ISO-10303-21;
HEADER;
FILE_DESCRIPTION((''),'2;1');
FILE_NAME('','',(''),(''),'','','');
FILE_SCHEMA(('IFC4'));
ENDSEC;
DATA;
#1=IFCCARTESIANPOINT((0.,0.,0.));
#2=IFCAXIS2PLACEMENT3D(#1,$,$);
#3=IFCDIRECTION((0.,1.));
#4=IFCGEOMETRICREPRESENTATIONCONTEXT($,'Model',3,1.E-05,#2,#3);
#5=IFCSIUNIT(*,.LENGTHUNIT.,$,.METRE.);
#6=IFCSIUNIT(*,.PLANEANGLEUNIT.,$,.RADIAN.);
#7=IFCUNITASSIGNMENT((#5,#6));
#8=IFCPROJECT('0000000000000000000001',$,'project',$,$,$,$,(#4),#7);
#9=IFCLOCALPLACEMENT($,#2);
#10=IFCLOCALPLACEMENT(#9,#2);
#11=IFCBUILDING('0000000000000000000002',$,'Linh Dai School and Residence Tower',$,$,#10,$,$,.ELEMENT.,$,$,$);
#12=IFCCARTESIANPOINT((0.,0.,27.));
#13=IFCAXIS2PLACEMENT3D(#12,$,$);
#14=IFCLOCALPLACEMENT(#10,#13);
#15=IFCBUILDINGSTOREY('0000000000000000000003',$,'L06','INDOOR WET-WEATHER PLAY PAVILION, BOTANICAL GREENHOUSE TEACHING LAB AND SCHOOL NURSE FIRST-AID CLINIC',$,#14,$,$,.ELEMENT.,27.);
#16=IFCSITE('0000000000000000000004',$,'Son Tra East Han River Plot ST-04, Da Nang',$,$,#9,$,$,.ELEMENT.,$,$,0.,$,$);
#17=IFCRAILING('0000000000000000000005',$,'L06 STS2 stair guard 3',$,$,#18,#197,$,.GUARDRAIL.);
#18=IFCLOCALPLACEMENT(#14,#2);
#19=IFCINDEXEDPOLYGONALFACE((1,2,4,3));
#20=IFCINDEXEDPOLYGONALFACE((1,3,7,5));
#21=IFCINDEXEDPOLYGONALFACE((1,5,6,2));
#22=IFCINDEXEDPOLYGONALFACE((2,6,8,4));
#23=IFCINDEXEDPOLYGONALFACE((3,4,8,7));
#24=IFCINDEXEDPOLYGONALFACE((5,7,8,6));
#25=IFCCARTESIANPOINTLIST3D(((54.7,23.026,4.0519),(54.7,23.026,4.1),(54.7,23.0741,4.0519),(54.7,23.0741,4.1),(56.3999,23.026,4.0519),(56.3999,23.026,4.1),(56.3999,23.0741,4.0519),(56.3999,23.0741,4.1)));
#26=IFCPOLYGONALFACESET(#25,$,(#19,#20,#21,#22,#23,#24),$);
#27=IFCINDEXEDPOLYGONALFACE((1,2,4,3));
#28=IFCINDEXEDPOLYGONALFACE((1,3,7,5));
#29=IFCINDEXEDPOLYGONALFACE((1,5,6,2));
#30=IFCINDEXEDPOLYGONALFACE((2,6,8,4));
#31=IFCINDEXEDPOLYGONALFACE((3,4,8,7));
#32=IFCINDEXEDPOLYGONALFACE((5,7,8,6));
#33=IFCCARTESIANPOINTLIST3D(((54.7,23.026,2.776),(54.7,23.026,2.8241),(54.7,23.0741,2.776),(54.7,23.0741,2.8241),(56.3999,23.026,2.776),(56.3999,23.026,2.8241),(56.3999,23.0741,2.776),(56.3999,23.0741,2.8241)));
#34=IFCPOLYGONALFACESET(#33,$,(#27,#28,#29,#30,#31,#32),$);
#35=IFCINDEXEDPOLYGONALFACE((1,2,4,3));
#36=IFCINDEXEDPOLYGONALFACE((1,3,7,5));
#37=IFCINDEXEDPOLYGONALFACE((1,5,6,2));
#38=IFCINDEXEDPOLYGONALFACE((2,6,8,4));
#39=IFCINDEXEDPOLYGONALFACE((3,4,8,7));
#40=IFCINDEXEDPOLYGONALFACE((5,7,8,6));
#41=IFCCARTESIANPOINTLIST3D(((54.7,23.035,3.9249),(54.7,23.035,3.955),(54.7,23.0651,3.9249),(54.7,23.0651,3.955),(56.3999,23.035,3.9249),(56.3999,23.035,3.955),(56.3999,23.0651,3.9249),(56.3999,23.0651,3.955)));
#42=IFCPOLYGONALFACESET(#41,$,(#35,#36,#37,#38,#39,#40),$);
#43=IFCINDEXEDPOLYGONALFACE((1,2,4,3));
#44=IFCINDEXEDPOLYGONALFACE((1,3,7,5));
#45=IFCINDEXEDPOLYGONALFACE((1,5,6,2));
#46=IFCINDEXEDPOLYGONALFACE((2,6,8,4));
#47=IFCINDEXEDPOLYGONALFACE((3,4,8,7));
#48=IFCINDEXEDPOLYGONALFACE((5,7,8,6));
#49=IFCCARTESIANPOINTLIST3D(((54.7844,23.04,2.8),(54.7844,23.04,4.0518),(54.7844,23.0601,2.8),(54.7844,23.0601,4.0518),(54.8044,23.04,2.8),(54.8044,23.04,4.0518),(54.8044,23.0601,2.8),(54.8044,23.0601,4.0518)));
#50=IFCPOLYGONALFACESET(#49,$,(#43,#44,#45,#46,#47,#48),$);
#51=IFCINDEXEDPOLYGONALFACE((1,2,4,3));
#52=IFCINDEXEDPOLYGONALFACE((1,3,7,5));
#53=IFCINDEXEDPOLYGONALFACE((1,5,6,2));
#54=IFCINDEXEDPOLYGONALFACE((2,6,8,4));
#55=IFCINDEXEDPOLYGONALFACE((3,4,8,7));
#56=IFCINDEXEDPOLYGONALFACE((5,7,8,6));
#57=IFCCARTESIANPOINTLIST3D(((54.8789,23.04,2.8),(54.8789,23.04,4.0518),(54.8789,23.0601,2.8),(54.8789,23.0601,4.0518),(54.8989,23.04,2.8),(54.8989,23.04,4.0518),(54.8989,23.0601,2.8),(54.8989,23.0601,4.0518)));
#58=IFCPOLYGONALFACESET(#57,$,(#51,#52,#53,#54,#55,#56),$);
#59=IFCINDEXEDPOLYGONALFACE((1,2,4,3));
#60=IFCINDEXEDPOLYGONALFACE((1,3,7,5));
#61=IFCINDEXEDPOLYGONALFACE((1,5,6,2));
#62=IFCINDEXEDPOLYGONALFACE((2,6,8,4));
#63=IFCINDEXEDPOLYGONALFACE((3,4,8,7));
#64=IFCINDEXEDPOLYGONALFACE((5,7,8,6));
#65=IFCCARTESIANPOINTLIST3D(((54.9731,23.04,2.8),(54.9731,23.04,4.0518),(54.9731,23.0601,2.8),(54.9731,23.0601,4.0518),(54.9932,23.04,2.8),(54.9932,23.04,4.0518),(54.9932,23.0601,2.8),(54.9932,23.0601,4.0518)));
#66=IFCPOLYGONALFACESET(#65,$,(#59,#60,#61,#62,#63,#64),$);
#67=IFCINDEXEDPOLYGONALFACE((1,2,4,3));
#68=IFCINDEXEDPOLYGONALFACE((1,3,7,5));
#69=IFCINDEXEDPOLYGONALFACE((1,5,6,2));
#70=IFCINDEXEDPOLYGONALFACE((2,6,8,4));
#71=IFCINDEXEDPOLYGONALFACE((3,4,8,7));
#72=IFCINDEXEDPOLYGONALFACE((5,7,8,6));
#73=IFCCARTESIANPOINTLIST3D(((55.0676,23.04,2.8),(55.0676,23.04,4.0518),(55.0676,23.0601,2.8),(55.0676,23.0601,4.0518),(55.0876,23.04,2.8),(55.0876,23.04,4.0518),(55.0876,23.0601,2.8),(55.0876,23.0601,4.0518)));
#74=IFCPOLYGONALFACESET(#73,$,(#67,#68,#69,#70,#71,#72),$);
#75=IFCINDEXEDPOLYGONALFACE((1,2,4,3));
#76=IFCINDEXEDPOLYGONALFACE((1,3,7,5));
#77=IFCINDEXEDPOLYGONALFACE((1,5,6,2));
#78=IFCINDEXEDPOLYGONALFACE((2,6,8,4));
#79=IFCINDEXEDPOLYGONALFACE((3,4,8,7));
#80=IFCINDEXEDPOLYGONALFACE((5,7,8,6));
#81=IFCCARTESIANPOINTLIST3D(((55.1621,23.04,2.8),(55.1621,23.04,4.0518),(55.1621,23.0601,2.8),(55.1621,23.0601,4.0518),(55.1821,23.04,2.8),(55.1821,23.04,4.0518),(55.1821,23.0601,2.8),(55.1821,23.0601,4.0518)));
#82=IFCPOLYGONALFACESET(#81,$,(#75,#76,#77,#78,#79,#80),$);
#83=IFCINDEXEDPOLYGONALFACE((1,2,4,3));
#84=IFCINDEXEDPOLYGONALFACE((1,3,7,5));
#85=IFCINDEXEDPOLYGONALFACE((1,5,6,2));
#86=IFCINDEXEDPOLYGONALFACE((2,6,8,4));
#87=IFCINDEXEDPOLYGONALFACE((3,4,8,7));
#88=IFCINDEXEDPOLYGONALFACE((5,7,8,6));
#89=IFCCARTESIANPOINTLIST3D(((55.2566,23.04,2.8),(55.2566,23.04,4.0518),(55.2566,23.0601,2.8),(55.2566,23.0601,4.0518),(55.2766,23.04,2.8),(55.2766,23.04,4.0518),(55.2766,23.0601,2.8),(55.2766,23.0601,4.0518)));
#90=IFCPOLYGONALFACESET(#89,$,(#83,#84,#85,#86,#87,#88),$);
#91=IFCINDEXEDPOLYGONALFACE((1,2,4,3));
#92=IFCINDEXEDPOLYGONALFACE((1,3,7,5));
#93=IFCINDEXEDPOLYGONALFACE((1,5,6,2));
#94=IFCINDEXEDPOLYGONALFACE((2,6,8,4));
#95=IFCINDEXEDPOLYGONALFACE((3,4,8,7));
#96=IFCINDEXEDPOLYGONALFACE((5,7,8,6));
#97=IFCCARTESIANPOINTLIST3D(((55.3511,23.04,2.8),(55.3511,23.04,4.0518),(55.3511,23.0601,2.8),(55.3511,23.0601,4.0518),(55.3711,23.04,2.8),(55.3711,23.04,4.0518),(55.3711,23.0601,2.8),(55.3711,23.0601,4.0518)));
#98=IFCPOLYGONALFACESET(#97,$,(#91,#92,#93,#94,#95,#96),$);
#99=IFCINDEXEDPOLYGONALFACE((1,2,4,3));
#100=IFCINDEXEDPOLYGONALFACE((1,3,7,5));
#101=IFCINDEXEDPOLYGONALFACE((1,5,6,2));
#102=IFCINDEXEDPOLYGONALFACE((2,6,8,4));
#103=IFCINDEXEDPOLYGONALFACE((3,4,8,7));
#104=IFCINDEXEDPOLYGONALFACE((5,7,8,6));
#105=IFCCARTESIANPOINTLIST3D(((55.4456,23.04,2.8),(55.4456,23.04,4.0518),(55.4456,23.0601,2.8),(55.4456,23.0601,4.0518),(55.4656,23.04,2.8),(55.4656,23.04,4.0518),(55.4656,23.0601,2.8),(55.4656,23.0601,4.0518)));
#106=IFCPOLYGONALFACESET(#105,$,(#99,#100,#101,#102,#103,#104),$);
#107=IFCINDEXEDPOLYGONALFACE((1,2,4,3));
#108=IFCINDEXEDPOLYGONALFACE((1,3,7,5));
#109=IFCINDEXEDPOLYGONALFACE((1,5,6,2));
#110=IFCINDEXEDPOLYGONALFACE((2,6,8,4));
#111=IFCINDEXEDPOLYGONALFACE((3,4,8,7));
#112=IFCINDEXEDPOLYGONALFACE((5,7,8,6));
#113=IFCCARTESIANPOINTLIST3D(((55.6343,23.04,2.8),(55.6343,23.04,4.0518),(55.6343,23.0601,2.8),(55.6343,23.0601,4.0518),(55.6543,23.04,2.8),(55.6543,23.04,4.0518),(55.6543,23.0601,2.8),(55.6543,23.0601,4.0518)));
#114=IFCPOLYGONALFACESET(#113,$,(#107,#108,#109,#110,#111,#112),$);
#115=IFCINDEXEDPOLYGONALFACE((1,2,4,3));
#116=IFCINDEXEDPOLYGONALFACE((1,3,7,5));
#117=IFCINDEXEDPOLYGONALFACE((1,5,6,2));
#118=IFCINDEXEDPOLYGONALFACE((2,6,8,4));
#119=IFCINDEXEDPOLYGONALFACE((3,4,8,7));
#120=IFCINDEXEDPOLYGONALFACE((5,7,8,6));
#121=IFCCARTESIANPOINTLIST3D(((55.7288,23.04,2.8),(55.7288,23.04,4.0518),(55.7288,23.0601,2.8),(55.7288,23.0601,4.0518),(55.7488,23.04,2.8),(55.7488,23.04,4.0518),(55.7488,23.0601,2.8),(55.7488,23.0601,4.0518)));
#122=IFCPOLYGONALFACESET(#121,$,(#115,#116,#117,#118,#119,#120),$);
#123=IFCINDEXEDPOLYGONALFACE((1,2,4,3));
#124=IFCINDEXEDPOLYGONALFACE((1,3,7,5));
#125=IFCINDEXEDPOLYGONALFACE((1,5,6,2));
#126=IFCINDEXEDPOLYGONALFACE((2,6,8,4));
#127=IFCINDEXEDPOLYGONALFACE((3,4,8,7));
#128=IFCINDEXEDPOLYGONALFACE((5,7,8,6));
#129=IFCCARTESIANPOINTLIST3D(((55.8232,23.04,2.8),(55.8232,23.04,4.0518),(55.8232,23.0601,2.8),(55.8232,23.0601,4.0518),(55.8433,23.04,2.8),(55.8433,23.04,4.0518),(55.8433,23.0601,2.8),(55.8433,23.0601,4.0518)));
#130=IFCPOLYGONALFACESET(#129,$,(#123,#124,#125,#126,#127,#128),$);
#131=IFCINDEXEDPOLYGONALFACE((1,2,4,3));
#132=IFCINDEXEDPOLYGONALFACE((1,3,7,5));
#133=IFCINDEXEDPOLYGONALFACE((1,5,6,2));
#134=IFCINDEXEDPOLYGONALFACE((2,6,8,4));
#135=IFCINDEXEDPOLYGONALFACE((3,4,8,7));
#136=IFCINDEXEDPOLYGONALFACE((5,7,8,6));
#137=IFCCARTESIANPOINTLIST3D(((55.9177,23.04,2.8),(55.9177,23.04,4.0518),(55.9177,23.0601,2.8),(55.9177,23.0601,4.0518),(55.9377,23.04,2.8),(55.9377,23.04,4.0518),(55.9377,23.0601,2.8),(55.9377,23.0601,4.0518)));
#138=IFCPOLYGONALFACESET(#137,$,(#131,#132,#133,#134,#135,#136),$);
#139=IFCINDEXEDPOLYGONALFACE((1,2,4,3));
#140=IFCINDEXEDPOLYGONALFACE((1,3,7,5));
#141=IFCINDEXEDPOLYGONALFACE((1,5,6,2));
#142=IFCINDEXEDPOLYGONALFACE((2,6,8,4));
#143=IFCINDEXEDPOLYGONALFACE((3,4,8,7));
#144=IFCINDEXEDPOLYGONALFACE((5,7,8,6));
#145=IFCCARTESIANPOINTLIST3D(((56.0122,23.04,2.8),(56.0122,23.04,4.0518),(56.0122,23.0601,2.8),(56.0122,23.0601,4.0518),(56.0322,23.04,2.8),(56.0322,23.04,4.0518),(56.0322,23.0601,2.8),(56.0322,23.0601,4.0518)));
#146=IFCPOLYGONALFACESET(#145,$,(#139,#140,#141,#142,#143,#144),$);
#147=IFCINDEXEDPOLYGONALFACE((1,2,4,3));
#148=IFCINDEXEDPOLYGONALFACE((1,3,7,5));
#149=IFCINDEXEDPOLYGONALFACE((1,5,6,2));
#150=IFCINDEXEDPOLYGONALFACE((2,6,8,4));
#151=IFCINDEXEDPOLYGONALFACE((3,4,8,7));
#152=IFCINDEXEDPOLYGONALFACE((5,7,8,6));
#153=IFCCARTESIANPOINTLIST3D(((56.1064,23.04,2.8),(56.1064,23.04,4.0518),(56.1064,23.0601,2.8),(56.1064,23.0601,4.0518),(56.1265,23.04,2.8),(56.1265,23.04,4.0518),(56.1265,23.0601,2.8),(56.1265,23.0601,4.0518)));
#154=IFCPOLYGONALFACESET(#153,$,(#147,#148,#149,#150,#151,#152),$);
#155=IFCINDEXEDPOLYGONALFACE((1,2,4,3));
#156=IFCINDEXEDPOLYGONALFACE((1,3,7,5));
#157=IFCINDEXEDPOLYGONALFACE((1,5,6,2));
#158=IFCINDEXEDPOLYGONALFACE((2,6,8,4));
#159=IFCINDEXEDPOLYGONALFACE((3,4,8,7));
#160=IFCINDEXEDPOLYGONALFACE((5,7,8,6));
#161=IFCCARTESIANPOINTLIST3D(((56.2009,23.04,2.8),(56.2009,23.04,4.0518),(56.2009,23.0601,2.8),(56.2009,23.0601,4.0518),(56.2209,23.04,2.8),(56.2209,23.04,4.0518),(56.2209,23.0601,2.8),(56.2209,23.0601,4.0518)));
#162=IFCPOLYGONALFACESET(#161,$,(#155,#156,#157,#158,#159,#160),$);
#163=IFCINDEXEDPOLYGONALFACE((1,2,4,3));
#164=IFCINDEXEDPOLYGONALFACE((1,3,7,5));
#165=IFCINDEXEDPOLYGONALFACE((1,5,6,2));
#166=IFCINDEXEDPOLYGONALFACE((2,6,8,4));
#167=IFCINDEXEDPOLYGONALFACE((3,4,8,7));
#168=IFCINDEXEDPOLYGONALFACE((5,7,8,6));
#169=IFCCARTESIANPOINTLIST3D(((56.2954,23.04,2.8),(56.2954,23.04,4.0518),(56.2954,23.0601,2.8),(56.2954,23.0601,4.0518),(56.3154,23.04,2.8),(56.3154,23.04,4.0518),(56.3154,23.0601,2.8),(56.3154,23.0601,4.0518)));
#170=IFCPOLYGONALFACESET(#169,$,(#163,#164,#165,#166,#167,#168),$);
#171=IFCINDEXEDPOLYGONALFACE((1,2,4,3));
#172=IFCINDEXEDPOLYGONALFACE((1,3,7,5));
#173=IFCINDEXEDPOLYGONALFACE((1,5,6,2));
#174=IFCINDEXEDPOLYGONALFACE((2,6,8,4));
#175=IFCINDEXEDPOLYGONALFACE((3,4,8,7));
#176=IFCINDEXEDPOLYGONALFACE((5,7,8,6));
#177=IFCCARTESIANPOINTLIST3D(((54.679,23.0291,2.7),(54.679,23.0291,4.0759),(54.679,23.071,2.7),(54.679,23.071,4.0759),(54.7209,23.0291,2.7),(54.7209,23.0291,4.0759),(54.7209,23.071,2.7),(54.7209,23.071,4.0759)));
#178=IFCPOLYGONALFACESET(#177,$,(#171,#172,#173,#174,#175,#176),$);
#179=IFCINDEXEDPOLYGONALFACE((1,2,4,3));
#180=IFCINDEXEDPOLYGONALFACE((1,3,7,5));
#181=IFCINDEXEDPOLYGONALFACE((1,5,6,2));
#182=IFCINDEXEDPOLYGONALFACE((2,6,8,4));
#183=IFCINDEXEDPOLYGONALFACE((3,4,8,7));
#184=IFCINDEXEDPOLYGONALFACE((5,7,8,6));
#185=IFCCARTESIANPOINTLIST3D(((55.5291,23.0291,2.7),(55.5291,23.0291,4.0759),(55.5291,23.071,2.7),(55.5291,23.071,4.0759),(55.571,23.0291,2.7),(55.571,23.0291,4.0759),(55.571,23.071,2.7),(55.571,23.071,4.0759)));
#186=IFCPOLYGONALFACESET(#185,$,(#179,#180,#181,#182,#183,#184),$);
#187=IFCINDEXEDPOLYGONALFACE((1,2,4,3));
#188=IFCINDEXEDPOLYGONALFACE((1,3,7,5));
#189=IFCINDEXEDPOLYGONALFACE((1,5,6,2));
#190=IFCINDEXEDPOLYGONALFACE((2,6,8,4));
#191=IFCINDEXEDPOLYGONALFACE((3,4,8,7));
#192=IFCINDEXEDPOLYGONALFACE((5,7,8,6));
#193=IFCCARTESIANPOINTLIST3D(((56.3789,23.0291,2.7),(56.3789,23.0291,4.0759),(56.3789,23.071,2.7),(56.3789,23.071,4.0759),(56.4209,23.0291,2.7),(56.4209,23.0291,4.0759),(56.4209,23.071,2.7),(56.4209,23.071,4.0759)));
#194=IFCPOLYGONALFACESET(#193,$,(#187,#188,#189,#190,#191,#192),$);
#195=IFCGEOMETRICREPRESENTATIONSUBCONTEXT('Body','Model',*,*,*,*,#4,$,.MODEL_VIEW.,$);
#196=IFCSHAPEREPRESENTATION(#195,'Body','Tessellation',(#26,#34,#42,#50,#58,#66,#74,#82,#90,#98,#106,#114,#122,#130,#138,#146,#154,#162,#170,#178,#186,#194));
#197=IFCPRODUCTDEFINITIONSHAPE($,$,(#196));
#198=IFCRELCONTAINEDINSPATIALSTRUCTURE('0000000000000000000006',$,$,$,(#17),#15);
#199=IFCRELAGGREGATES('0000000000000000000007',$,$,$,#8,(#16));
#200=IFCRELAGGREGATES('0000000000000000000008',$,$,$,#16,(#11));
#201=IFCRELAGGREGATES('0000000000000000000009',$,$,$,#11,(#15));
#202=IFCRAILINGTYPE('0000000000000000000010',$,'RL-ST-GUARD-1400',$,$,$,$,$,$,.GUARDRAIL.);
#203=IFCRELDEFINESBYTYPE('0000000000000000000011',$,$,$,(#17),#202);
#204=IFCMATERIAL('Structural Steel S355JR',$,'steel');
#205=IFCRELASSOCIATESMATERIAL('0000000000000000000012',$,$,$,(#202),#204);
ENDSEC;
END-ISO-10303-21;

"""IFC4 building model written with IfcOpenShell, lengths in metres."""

from ifc_helpers import new_model, si_unit, direction, frame, origin, origin_2d, place, context, subcontext, project, spatial, rectangle, extrude, source, transform, mapped, material, type_object, element, save


model = new_model("IFC4")

# Units and contexts
model_context = context("Model", 3, precision=1e-05, world=origin(), true_north=direction((0.0, 1.0)))
body_context = subcontext(model_context, "Body", "Model", "MODEL_VIEW")
ifc_project = project(units=[si_unit("LENGTHUNIT", "METRE"), si_unit("PLANEANGLEUNIT", "RADIAN")], contexts=[model_context])

# Site, building, storey
site_placement = place(None, origin())
site = spatial("IfcSite", under=ifc_project, at=site_placement, Name="Son Tra East Han River Plot ST-04, Da Nang", CompositionType="ELEMENT", RefElevation=0.0)
building_placement = place(site_placement, origin())
building = spatial("IfcBuilding", under=site, at=building_placement, Name="Linh Dai School and Residence Tower", CompositionType="ELEMENT")
storey_placement = place(building_placement, frame((0.0, 0.0, 27.0)))
storey = spatial("IfcBuildingStorey", under=building, at=storey_placement, Name="L06", Description="INDOOR WET-WEATHER PLAY PAVILION, BOTANICAL GREENHOUSE TEACHING LAB AND SCHOOL NURSE FIRST-AID CLINIC", CompositionType="ELEMENT", Elevation=27.0)

# Shared definitions
ifc_material_1 = material(Name="Structural Steel S355JR", Category="steel")

# Railing
railing_type = type_object("IfcRailingType", Name="RL-ST-GUARD-1400", PredefinedType="GUARDRAIL", material=ifc_material_1)
shared_shape_1 = source(origin(), body_context, "Body", "SweptSolid", [
    extrude(rectangle(XDim=0.0481, YDim=0.0481, at=origin_2d()), frame((0.0, 0.0, 1.376), z_axis=(1.0, 0.0, 0.0), x_axis=(0.0, 1.0, 0.0)), (0.0, 0.0, 1.0), 1.7),
    extrude(rectangle(XDim=0.0481, YDim=0.0481, at=origin_2d()), frame((0.0, 0.0, 0.1001), z_axis=(1.0, 0.0, 0.0), x_axis=(0.0, 1.0, 0.0)), (0.0, 0.0, 1.0), 1.7),
    extrude(rectangle(XDim=0.03, YDim=0.03, at=origin_2d()), frame((0.0, 0.0, 1.24), z_axis=(1.0, 0.0, 0.0), x_axis=(0.0, 1.0, 0.0)), (0.0, 0.0, 1.0), 1.7),
    extrude(rectangle(XDim=0.02, YDim=0.02, at=origin_2d()), frame((0.0945, 0.0, 0.1001)), (0.0, 0.0, 1.0), 1.2517),
    extrude(rectangle(XDim=0.02, YDim=0.02, at=origin_2d()), frame((0.189, 0.0, 0.1001)), (0.0, 0.0, 1.0), 1.2517),
    extrude(rectangle(XDim=0.02, YDim=0.02, at=origin_2d()), frame((0.2832, 0.0, 0.1001)), (0.0, 0.0, 1.0), 1.2517),
    extrude(rectangle(XDim=0.02, YDim=0.02, at=origin_2d()), frame((0.3777, 0.0, 0.1001)), (0.0, 0.0, 1.0), 1.2517),
    extrude(rectangle(XDim=0.02, YDim=0.02, at=origin_2d()), frame((0.4722, 0.0, 0.1001)), (0.0, 0.0, 1.0), 1.2517),
    extrude(rectangle(XDim=0.02, YDim=0.02, at=origin_2d()), frame((0.5667, 0.0, 0.1001)), (0.0, 0.0, 1.0), 1.2517),
    extrude(rectangle(XDim=0.02, YDim=0.02, at=origin_2d()), frame((0.6611, 0.0, 0.1001)), (0.0, 0.0, 1.0), 1.2517),
    extrude(rectangle(XDim=0.02, YDim=0.02, at=origin_2d()), frame((0.7556, 0.0, 0.1001)), (0.0, 0.0, 1.0), 1.2517),
    extrude(rectangle(XDim=0.02, YDim=0.02, at=origin_2d()), frame((0.9443, 0.0, 0.1001)), (0.0, 0.0, 1.0), 1.2517),
    extrude(rectangle(XDim=0.02, YDim=0.02, at=origin_2d()), frame((1.0388, 0.0, 0.1001)), (0.0, 0.0, 1.0), 1.2517),
    extrude(rectangle(XDim=0.02, YDim=0.02, at=origin_2d()), frame((1.1333, 0.0, 0.1001)), (0.0, 0.0, 1.0), 1.2517),
    extrude(rectangle(XDim=0.02, YDim=0.02, at=origin_2d()), frame((1.2278, 0.0, 0.1001)), (0.0, 0.0, 1.0), 1.2517),
    extrude(rectangle(XDim=0.02, YDim=0.02, at=origin_2d()), frame((1.3223, 0.0, 0.1001)), (0.0, 0.0, 1.0), 1.2517),
    extrude(rectangle(XDim=0.02, YDim=0.02, at=origin_2d()), frame((1.4165, 0.0, 0.1001)), (0.0, 0.0, 1.0), 1.2517),
    extrude(rectangle(XDim=0.02, YDim=0.02, at=origin_2d()), frame((1.511, 0.0, 0.1001)), (0.0, 0.0, 1.0), 1.2517),
    extrude(rectangle(XDim=0.02, YDim=0.02, at=origin_2d()), frame((1.6055, 0.0, 0.1001)), (0.0, 0.0, 1.0), 1.2517),
    extrude(rectangle(XDim=0.042, YDim=0.042, at=origin_2d()), origin(), (0.0, 0.0, 1.0), 1.376),
    extrude(rectangle(XDim=0.042, YDim=0.042, at=origin_2d()), frame((0.8501, 0.0, 0.0)), (0.0, 0.0, 1.0), 1.376),
    extrude(rectangle(XDim=0.042, YDim=0.042, at=origin_2d()), frame((1.7, 0.0, 0.0)), (0.0, 0.0, 1.0), 1.376),
])
railing_1_placement = place(storey_placement, frame((54.7, 23.05, 2.7)))
element("IfcRailing", 1, at=railing_1_placement, inside=storey, type_object=railing_type, Name="L06 STS2 stair guard 3", PredefinedType="GUARDRAIL", context=body_context, shape_type="MappedRepresentation", body=[
    mapped(shared_shape_1, transform((0.0, 0.0, 0.0), x_axis=(1.0, 0.0, 0.0), y_axis=(0.0, 1.0, 0.0), z_axis=(0.0, 0.0, 1.0), scale=1.0)),
])

save(model, "model.ifc")
